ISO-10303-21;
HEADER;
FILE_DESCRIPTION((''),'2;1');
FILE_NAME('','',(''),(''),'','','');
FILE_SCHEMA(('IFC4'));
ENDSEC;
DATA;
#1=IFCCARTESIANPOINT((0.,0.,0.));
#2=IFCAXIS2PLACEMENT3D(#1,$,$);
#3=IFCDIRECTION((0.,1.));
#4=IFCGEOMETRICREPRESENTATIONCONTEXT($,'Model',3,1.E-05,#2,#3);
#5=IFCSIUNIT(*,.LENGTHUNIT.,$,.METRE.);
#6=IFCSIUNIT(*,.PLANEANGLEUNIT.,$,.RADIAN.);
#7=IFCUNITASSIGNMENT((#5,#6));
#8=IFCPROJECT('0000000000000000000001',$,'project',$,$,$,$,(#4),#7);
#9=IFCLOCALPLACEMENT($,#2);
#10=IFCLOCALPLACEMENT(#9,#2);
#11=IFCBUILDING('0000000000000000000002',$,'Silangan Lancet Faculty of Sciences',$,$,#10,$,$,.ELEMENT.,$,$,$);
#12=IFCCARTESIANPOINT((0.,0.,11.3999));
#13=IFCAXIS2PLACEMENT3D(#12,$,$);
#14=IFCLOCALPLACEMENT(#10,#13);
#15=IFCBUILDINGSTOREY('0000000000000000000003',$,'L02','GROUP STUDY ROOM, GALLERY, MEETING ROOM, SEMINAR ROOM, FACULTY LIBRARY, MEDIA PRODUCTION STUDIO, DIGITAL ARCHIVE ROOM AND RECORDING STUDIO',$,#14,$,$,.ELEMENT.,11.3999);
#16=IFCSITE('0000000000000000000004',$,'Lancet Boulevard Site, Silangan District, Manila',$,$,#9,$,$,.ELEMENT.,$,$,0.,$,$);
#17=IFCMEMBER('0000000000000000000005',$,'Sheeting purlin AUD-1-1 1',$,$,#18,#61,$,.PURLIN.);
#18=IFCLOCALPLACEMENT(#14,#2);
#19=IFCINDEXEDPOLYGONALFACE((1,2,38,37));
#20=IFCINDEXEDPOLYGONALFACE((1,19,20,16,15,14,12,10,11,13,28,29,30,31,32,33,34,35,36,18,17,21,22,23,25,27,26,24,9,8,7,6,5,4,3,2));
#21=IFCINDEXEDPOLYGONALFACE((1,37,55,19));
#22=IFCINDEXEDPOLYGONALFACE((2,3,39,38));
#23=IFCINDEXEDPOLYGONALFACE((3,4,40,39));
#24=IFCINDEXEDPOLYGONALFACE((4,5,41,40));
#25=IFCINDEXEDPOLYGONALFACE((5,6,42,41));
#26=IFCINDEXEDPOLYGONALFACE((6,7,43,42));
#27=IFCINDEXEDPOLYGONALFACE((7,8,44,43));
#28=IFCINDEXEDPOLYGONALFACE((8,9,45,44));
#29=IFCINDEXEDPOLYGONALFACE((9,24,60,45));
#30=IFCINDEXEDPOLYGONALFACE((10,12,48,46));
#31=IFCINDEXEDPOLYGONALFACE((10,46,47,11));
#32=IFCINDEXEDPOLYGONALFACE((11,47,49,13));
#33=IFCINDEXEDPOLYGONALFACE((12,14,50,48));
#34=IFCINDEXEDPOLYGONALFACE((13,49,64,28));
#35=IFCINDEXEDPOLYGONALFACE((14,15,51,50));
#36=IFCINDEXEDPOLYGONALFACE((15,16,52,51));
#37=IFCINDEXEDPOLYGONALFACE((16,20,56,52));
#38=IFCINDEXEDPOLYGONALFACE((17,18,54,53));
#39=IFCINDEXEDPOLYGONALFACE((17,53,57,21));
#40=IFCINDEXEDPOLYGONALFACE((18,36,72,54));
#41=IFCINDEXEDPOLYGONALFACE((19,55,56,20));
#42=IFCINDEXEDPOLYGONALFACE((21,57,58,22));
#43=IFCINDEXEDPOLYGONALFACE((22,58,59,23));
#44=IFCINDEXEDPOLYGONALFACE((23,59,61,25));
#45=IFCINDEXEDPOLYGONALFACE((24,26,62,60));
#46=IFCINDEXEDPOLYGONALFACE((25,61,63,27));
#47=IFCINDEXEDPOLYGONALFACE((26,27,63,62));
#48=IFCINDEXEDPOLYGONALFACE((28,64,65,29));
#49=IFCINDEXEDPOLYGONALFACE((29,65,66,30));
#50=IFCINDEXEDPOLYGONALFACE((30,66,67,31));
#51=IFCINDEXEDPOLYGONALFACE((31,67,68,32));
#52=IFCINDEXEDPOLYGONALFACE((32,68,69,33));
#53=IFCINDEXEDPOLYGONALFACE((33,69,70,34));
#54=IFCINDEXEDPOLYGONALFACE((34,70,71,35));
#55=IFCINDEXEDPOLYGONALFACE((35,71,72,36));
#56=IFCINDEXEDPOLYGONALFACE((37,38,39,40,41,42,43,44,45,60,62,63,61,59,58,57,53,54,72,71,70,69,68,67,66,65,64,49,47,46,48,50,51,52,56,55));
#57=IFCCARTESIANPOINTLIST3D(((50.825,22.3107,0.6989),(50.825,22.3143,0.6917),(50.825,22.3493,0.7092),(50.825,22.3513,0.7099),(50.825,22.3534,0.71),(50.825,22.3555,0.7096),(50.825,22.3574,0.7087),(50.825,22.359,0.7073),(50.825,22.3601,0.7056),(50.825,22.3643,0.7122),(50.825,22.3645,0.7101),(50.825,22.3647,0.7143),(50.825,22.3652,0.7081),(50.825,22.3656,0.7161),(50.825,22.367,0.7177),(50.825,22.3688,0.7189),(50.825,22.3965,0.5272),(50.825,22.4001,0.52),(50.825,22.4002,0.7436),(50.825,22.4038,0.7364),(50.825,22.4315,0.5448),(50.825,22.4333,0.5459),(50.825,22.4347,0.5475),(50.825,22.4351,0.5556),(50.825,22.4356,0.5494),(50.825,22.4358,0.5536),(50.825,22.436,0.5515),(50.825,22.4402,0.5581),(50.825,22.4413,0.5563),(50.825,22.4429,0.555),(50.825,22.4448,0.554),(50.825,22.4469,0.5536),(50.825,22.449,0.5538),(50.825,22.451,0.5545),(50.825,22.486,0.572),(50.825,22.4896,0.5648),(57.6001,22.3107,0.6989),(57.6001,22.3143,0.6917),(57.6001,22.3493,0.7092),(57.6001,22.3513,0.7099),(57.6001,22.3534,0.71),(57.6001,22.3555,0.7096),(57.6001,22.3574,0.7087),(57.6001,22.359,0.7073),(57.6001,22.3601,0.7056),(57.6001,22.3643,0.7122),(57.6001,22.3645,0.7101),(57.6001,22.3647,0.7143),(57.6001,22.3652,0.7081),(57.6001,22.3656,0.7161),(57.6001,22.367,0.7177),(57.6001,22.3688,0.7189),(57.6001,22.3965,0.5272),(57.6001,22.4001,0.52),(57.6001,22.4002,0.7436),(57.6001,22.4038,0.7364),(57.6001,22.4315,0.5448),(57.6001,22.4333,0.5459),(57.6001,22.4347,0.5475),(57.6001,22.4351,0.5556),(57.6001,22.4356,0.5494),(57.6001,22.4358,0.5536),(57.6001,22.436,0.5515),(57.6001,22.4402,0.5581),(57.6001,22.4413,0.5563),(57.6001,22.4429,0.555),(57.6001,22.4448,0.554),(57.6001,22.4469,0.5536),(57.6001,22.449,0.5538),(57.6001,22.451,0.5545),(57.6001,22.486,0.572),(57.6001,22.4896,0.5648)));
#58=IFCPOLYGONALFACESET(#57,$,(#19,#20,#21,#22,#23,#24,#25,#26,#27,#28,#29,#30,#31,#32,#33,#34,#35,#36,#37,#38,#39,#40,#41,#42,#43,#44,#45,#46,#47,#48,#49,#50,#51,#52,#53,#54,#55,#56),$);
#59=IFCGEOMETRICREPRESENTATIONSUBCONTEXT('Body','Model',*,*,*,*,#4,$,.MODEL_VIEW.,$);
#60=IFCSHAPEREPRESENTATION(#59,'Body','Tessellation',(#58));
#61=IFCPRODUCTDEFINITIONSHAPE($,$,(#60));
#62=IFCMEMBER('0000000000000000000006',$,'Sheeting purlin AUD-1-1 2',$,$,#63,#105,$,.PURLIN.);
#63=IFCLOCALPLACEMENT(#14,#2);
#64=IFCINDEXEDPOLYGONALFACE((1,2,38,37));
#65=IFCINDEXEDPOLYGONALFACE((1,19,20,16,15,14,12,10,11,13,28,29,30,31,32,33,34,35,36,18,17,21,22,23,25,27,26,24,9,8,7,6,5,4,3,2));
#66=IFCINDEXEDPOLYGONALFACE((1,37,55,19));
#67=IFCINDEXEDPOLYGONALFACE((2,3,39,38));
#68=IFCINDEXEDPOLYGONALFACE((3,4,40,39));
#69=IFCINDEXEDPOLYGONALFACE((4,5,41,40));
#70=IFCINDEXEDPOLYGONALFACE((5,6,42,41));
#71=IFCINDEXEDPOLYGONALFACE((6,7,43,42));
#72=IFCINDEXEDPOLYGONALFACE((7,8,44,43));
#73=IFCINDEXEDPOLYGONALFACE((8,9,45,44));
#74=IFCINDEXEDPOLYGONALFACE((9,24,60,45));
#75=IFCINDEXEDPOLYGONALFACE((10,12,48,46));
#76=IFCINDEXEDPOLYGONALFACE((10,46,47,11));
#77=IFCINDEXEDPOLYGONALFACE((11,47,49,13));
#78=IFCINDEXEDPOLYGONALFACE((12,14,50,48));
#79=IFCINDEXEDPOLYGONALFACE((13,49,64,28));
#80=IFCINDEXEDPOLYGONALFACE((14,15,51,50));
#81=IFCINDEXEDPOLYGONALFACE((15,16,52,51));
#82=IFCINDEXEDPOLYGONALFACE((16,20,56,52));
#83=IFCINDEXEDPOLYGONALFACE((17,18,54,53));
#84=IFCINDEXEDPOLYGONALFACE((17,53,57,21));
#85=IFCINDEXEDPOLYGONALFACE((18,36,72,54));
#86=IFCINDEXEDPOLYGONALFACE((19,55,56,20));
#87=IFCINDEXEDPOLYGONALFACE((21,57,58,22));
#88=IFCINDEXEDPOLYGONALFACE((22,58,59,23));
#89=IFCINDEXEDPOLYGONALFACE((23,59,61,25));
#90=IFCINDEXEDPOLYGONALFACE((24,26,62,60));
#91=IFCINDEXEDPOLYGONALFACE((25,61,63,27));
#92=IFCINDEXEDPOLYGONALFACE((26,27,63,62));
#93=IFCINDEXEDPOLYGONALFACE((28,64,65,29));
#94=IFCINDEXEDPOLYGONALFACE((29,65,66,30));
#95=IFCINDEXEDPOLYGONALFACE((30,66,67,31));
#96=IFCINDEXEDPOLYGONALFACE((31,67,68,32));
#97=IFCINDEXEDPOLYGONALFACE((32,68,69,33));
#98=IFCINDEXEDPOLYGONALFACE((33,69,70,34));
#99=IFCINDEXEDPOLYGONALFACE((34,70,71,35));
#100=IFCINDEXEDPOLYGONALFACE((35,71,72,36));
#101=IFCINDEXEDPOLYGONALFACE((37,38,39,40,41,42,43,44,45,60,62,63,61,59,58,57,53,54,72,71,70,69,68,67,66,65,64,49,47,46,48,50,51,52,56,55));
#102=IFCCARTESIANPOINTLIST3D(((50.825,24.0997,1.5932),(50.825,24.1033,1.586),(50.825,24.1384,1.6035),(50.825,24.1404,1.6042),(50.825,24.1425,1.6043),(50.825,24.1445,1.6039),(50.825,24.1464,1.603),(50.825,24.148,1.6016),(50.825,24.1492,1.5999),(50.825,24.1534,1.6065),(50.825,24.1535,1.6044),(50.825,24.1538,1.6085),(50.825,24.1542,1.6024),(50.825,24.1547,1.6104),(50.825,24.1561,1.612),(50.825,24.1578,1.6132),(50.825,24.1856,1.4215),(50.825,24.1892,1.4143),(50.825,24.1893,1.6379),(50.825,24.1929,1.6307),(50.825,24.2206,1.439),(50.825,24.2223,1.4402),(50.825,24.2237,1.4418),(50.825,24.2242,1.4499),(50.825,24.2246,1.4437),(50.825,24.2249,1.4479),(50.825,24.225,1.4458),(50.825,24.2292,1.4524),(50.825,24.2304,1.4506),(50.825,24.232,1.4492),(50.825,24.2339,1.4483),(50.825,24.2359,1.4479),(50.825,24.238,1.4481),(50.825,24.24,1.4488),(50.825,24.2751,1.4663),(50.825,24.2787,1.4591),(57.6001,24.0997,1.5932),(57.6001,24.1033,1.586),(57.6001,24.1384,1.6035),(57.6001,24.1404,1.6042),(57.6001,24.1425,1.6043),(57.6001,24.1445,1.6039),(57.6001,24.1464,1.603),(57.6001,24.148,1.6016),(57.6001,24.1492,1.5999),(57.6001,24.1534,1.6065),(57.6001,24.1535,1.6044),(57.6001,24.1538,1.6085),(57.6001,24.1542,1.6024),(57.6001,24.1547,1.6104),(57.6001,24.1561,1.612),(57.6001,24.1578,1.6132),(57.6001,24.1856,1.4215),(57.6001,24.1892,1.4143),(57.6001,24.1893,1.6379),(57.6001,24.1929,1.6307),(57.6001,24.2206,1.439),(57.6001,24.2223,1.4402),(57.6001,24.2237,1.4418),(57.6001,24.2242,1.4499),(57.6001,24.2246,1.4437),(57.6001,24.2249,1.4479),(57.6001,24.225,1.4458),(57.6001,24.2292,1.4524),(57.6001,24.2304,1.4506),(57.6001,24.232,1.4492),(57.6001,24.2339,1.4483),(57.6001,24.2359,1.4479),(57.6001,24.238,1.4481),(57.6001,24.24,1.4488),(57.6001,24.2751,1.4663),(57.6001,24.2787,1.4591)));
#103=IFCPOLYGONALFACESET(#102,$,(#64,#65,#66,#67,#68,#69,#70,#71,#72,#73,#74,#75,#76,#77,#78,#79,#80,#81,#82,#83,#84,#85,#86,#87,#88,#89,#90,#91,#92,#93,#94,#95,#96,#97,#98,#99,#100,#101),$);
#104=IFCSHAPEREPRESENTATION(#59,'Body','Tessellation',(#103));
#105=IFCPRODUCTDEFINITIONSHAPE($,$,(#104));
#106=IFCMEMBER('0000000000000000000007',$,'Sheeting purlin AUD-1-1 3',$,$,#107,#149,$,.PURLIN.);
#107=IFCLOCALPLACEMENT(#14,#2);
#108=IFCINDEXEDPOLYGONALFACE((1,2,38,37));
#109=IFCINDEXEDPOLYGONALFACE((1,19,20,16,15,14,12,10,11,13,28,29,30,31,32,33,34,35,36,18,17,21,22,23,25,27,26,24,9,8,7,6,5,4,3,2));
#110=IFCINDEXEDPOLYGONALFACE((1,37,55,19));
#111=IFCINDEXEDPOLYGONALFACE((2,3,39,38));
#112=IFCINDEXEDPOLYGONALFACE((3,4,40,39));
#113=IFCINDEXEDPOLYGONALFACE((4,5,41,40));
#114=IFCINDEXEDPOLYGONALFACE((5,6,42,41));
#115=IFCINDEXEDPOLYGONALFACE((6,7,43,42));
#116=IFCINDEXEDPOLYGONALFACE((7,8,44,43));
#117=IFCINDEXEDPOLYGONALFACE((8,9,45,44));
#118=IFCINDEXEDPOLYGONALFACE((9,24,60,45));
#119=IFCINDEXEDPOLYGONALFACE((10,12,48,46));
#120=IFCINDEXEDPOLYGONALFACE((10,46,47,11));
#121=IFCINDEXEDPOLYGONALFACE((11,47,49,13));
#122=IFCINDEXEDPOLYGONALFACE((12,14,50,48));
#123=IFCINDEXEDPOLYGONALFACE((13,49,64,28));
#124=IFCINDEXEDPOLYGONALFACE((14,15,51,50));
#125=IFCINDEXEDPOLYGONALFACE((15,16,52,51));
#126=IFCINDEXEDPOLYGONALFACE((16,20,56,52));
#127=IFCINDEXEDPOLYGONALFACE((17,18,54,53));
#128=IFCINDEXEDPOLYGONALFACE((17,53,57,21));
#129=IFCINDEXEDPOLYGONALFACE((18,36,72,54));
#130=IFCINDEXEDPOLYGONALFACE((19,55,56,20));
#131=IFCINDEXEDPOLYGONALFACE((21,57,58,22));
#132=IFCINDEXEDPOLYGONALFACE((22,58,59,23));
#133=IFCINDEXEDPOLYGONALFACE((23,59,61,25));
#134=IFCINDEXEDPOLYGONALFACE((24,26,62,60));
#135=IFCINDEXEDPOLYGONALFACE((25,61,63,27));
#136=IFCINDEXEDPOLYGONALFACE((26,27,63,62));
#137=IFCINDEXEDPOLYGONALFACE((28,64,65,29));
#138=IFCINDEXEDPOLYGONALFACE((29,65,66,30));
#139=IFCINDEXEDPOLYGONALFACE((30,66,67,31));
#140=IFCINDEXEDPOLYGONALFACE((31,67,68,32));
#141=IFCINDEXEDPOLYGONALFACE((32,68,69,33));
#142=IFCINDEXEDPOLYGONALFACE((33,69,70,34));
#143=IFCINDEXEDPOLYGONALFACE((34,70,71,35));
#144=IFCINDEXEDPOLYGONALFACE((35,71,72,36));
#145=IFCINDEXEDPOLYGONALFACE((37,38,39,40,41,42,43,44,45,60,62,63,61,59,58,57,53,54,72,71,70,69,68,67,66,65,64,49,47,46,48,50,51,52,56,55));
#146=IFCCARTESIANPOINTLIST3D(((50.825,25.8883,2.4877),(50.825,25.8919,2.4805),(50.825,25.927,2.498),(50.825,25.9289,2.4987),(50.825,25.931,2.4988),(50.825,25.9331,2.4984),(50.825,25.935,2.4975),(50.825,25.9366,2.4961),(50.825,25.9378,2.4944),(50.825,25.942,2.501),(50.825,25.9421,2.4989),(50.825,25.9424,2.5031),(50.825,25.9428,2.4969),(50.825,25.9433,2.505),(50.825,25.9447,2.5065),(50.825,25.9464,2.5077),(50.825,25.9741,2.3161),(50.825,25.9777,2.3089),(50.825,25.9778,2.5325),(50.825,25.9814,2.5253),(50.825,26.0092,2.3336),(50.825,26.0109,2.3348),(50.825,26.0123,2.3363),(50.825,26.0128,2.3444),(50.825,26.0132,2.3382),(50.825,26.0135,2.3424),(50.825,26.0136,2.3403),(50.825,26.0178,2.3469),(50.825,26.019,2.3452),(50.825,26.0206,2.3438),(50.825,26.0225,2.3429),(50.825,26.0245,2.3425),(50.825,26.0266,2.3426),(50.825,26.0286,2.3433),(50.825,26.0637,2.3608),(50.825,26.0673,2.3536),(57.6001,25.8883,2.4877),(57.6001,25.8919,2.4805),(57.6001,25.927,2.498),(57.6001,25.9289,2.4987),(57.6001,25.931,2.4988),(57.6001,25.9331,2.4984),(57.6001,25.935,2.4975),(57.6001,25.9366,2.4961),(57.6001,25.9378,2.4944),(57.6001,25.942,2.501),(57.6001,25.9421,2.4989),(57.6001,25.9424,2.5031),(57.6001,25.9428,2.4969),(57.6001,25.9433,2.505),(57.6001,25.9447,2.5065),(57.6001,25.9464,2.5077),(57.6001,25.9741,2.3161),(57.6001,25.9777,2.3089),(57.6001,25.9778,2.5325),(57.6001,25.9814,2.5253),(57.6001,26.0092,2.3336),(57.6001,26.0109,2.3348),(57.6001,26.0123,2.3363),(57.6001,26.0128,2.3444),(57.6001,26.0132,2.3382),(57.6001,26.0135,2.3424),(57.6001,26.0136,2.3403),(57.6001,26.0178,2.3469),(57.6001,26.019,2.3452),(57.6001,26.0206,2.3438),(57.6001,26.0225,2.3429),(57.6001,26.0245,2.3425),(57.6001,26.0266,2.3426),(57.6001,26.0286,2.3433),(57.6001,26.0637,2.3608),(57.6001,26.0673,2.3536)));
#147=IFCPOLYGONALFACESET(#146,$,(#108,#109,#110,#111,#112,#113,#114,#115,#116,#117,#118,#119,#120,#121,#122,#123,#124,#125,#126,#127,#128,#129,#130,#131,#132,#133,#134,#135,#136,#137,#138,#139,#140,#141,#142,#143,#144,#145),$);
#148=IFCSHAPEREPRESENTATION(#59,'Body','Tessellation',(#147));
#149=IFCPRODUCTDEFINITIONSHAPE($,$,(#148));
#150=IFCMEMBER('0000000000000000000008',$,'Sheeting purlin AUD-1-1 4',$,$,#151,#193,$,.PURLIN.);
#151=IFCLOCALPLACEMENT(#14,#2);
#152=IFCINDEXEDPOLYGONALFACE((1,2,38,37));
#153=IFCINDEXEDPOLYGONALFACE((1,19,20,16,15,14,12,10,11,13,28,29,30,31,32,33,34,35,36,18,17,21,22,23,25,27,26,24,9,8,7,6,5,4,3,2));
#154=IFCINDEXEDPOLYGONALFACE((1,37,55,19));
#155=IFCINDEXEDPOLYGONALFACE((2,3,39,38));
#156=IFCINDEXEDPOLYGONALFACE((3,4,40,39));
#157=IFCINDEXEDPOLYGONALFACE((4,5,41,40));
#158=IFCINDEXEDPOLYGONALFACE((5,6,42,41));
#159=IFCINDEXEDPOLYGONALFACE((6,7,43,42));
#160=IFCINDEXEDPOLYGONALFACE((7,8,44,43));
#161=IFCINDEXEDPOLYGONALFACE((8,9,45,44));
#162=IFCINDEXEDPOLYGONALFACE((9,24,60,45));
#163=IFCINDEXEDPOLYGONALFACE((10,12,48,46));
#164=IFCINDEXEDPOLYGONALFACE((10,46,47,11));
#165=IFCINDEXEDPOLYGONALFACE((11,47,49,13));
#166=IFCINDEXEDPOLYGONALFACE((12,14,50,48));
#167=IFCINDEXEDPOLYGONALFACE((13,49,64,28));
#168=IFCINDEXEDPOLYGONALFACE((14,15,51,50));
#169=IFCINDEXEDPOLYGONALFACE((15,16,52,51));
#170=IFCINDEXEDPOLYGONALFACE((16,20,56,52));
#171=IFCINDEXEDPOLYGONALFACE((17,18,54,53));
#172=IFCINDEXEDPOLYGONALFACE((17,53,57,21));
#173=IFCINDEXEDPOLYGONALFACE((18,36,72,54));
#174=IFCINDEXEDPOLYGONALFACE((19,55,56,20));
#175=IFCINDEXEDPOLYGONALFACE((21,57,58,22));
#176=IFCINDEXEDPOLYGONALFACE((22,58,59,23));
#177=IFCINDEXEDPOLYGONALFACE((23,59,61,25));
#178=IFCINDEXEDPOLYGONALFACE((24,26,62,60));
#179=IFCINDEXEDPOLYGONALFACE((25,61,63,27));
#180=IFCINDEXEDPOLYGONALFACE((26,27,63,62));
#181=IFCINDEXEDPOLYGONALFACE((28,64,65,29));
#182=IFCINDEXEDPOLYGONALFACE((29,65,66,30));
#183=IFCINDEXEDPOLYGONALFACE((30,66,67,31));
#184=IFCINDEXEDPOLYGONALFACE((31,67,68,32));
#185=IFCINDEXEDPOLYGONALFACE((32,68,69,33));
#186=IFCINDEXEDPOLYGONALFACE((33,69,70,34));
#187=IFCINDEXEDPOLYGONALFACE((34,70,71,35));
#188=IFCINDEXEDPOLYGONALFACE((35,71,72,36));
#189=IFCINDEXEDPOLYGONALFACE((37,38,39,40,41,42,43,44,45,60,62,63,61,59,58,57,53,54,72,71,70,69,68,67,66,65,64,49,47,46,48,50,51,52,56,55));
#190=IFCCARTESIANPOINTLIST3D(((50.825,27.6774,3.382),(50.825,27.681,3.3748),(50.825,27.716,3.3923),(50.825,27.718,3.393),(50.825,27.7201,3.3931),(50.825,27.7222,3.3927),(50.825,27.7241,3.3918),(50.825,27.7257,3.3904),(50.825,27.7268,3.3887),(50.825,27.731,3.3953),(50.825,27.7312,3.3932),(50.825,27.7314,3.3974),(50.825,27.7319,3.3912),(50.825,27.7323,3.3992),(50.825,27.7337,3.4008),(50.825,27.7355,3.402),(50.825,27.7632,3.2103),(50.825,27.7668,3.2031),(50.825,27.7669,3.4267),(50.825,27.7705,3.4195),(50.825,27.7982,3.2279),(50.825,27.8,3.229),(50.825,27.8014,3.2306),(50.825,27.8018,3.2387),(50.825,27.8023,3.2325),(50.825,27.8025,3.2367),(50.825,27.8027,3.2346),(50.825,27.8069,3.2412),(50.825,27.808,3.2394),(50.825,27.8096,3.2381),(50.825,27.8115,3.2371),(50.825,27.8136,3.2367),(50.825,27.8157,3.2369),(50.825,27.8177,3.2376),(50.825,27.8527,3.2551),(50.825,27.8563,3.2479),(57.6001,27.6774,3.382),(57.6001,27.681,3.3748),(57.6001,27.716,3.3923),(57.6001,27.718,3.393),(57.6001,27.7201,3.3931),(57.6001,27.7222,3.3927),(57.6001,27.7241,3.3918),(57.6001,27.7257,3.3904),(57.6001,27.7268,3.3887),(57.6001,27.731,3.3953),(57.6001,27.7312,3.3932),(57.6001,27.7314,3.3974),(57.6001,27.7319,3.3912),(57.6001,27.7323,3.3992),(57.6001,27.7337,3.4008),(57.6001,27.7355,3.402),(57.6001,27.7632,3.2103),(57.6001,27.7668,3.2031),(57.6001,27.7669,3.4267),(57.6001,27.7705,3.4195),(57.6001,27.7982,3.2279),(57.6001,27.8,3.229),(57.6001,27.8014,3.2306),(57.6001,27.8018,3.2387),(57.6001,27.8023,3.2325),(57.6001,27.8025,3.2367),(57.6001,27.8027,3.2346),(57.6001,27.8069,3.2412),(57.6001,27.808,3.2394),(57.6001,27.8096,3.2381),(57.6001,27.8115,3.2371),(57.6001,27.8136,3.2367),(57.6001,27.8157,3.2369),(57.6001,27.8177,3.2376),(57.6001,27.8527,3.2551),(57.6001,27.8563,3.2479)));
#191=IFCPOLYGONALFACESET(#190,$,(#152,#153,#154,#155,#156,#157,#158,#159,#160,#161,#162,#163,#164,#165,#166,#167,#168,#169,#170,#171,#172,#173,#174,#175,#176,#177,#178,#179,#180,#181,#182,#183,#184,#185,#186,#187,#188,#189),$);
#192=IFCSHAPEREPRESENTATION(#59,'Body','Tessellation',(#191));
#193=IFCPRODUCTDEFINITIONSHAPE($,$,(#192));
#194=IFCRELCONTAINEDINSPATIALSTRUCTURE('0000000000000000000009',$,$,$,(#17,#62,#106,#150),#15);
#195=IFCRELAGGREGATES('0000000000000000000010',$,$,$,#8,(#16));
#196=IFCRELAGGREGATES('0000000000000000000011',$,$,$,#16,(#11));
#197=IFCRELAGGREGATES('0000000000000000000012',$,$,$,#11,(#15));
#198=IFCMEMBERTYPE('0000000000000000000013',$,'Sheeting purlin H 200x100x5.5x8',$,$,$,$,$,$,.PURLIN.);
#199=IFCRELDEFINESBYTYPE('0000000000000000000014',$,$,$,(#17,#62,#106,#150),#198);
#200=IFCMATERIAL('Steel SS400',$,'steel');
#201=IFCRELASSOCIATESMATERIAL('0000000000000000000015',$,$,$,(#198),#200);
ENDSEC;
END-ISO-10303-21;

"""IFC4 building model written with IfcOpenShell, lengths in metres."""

from ifc_helpers import new_model, si_unit, direction, frame, origin, origin_2d, place, context, subcontext, project, spatial, i_section, extrude, material, material_profile, profile_set, type_object, element, save


model = new_model("IFC4")

# Units and contexts
model_context = context("Model", 3, precision=1e-05, world=origin(), true_north=direction((0.0, 1.0)))
body_context = subcontext(model_context, "Body", "Model", "MODEL_VIEW")
ifc_project = project(units=[si_unit("LENGTHUNIT", "METRE"), si_unit("PLANEANGLEUNIT", "RADIAN")], contexts=[model_context])

# Site, building, storey
site_placement = place(None, origin())
site = spatial("IfcSite", under=ifc_project, at=site_placement, Name="Lancet Boulevard Site, Silangan District, Manila", CompositionType="ELEMENT", RefElevation=0.0)
building_placement = place(site_placement, origin())
building = spatial("IfcBuilding", under=site, at=building_placement, Name="Silangan Lancet Faculty of Sciences", CompositionType="ELEMENT")
storey_placement = place(building_placement, frame((0.0, 0.0, 11.3999)))
storey = spatial("IfcBuildingStorey", under=building, at=storey_placement, Name="L02", Description="GROUP STUDY ROOM, GALLERY, MEETING ROOM, SEMINAR ROOM, FACULTY LIBRARY, MEDIA PRODUCTION STUDIO, DIGITAL ARCHIVE ROOM AND RECORDING STUDIO", CompositionType="ELEMENT", Elevation=11.3999)

# Members
ifc_material_1 = material(Name="Steel SS400", Category="steel")
ifc_material_profile_1 = material_profile(ifc_material_1, i_section(OverallWidth=0.1001, OverallDepth=0.2, WebThickness=0.0056, FlangeThickness=0.0081, FilletRadius=0.0081, at=origin_2d()), Name="H 200x100x5.5x8")
ifc_profile_set_1 = profile_set([ifc_material_profile_1], Name="Steel SS400")
member_type_1 = type_object("IfcMemberType", Name="Sheeting purlin H 200x100x5.5x8", PredefinedType="PURLIN", material=ifc_profile_set_1)
for number, where, z_axis, x_axis, name in (
    (1, (50.825, 22.4001, 0.6318), (1.0, 0.0, 0.0), (0.0, 0.894427, 0.447214), "Sheeting purlin AUD-1-1 1"),
    (2, (50.825, 24.1892, 1.5261), (1.0, 0.0, 0.0), (0.0, 0.894427, 0.447214), "Sheeting purlin AUD-1-1 2"),
    (3, (50.825, 25.9778, 2.4207), (1.0, 0.0, 0.0), (0.0, 0.894427, 0.447214), "Sheeting purlin AUD-1-1 3"),
    (4, (50.825, 27.7668, 3.3149), (1.0, 0.0, 0.0), (0.0, 0.894427, 0.447214), "Sheeting purlin AUD-1-1 4"),
):
    element("IfcMember", number, at=place(storey_placement, frame(where, z_axis=z_axis, x_axis=x_axis)), inside=storey, type_object=member_type_1, Name=name, PredefinedType="PURLIN", context=body_context, shape_type="SweptSolid", body=[
        extrude(i_section(OverallWidth=0.1001, OverallDepth=0.2, WebThickness=0.0056, FlangeThickness=0.0081, FilletRadius=0.0081, at=origin_2d()), origin(), (0.0, 0.0, 1.0), 6.7751),
    ])

save(model, "model.ifc")
